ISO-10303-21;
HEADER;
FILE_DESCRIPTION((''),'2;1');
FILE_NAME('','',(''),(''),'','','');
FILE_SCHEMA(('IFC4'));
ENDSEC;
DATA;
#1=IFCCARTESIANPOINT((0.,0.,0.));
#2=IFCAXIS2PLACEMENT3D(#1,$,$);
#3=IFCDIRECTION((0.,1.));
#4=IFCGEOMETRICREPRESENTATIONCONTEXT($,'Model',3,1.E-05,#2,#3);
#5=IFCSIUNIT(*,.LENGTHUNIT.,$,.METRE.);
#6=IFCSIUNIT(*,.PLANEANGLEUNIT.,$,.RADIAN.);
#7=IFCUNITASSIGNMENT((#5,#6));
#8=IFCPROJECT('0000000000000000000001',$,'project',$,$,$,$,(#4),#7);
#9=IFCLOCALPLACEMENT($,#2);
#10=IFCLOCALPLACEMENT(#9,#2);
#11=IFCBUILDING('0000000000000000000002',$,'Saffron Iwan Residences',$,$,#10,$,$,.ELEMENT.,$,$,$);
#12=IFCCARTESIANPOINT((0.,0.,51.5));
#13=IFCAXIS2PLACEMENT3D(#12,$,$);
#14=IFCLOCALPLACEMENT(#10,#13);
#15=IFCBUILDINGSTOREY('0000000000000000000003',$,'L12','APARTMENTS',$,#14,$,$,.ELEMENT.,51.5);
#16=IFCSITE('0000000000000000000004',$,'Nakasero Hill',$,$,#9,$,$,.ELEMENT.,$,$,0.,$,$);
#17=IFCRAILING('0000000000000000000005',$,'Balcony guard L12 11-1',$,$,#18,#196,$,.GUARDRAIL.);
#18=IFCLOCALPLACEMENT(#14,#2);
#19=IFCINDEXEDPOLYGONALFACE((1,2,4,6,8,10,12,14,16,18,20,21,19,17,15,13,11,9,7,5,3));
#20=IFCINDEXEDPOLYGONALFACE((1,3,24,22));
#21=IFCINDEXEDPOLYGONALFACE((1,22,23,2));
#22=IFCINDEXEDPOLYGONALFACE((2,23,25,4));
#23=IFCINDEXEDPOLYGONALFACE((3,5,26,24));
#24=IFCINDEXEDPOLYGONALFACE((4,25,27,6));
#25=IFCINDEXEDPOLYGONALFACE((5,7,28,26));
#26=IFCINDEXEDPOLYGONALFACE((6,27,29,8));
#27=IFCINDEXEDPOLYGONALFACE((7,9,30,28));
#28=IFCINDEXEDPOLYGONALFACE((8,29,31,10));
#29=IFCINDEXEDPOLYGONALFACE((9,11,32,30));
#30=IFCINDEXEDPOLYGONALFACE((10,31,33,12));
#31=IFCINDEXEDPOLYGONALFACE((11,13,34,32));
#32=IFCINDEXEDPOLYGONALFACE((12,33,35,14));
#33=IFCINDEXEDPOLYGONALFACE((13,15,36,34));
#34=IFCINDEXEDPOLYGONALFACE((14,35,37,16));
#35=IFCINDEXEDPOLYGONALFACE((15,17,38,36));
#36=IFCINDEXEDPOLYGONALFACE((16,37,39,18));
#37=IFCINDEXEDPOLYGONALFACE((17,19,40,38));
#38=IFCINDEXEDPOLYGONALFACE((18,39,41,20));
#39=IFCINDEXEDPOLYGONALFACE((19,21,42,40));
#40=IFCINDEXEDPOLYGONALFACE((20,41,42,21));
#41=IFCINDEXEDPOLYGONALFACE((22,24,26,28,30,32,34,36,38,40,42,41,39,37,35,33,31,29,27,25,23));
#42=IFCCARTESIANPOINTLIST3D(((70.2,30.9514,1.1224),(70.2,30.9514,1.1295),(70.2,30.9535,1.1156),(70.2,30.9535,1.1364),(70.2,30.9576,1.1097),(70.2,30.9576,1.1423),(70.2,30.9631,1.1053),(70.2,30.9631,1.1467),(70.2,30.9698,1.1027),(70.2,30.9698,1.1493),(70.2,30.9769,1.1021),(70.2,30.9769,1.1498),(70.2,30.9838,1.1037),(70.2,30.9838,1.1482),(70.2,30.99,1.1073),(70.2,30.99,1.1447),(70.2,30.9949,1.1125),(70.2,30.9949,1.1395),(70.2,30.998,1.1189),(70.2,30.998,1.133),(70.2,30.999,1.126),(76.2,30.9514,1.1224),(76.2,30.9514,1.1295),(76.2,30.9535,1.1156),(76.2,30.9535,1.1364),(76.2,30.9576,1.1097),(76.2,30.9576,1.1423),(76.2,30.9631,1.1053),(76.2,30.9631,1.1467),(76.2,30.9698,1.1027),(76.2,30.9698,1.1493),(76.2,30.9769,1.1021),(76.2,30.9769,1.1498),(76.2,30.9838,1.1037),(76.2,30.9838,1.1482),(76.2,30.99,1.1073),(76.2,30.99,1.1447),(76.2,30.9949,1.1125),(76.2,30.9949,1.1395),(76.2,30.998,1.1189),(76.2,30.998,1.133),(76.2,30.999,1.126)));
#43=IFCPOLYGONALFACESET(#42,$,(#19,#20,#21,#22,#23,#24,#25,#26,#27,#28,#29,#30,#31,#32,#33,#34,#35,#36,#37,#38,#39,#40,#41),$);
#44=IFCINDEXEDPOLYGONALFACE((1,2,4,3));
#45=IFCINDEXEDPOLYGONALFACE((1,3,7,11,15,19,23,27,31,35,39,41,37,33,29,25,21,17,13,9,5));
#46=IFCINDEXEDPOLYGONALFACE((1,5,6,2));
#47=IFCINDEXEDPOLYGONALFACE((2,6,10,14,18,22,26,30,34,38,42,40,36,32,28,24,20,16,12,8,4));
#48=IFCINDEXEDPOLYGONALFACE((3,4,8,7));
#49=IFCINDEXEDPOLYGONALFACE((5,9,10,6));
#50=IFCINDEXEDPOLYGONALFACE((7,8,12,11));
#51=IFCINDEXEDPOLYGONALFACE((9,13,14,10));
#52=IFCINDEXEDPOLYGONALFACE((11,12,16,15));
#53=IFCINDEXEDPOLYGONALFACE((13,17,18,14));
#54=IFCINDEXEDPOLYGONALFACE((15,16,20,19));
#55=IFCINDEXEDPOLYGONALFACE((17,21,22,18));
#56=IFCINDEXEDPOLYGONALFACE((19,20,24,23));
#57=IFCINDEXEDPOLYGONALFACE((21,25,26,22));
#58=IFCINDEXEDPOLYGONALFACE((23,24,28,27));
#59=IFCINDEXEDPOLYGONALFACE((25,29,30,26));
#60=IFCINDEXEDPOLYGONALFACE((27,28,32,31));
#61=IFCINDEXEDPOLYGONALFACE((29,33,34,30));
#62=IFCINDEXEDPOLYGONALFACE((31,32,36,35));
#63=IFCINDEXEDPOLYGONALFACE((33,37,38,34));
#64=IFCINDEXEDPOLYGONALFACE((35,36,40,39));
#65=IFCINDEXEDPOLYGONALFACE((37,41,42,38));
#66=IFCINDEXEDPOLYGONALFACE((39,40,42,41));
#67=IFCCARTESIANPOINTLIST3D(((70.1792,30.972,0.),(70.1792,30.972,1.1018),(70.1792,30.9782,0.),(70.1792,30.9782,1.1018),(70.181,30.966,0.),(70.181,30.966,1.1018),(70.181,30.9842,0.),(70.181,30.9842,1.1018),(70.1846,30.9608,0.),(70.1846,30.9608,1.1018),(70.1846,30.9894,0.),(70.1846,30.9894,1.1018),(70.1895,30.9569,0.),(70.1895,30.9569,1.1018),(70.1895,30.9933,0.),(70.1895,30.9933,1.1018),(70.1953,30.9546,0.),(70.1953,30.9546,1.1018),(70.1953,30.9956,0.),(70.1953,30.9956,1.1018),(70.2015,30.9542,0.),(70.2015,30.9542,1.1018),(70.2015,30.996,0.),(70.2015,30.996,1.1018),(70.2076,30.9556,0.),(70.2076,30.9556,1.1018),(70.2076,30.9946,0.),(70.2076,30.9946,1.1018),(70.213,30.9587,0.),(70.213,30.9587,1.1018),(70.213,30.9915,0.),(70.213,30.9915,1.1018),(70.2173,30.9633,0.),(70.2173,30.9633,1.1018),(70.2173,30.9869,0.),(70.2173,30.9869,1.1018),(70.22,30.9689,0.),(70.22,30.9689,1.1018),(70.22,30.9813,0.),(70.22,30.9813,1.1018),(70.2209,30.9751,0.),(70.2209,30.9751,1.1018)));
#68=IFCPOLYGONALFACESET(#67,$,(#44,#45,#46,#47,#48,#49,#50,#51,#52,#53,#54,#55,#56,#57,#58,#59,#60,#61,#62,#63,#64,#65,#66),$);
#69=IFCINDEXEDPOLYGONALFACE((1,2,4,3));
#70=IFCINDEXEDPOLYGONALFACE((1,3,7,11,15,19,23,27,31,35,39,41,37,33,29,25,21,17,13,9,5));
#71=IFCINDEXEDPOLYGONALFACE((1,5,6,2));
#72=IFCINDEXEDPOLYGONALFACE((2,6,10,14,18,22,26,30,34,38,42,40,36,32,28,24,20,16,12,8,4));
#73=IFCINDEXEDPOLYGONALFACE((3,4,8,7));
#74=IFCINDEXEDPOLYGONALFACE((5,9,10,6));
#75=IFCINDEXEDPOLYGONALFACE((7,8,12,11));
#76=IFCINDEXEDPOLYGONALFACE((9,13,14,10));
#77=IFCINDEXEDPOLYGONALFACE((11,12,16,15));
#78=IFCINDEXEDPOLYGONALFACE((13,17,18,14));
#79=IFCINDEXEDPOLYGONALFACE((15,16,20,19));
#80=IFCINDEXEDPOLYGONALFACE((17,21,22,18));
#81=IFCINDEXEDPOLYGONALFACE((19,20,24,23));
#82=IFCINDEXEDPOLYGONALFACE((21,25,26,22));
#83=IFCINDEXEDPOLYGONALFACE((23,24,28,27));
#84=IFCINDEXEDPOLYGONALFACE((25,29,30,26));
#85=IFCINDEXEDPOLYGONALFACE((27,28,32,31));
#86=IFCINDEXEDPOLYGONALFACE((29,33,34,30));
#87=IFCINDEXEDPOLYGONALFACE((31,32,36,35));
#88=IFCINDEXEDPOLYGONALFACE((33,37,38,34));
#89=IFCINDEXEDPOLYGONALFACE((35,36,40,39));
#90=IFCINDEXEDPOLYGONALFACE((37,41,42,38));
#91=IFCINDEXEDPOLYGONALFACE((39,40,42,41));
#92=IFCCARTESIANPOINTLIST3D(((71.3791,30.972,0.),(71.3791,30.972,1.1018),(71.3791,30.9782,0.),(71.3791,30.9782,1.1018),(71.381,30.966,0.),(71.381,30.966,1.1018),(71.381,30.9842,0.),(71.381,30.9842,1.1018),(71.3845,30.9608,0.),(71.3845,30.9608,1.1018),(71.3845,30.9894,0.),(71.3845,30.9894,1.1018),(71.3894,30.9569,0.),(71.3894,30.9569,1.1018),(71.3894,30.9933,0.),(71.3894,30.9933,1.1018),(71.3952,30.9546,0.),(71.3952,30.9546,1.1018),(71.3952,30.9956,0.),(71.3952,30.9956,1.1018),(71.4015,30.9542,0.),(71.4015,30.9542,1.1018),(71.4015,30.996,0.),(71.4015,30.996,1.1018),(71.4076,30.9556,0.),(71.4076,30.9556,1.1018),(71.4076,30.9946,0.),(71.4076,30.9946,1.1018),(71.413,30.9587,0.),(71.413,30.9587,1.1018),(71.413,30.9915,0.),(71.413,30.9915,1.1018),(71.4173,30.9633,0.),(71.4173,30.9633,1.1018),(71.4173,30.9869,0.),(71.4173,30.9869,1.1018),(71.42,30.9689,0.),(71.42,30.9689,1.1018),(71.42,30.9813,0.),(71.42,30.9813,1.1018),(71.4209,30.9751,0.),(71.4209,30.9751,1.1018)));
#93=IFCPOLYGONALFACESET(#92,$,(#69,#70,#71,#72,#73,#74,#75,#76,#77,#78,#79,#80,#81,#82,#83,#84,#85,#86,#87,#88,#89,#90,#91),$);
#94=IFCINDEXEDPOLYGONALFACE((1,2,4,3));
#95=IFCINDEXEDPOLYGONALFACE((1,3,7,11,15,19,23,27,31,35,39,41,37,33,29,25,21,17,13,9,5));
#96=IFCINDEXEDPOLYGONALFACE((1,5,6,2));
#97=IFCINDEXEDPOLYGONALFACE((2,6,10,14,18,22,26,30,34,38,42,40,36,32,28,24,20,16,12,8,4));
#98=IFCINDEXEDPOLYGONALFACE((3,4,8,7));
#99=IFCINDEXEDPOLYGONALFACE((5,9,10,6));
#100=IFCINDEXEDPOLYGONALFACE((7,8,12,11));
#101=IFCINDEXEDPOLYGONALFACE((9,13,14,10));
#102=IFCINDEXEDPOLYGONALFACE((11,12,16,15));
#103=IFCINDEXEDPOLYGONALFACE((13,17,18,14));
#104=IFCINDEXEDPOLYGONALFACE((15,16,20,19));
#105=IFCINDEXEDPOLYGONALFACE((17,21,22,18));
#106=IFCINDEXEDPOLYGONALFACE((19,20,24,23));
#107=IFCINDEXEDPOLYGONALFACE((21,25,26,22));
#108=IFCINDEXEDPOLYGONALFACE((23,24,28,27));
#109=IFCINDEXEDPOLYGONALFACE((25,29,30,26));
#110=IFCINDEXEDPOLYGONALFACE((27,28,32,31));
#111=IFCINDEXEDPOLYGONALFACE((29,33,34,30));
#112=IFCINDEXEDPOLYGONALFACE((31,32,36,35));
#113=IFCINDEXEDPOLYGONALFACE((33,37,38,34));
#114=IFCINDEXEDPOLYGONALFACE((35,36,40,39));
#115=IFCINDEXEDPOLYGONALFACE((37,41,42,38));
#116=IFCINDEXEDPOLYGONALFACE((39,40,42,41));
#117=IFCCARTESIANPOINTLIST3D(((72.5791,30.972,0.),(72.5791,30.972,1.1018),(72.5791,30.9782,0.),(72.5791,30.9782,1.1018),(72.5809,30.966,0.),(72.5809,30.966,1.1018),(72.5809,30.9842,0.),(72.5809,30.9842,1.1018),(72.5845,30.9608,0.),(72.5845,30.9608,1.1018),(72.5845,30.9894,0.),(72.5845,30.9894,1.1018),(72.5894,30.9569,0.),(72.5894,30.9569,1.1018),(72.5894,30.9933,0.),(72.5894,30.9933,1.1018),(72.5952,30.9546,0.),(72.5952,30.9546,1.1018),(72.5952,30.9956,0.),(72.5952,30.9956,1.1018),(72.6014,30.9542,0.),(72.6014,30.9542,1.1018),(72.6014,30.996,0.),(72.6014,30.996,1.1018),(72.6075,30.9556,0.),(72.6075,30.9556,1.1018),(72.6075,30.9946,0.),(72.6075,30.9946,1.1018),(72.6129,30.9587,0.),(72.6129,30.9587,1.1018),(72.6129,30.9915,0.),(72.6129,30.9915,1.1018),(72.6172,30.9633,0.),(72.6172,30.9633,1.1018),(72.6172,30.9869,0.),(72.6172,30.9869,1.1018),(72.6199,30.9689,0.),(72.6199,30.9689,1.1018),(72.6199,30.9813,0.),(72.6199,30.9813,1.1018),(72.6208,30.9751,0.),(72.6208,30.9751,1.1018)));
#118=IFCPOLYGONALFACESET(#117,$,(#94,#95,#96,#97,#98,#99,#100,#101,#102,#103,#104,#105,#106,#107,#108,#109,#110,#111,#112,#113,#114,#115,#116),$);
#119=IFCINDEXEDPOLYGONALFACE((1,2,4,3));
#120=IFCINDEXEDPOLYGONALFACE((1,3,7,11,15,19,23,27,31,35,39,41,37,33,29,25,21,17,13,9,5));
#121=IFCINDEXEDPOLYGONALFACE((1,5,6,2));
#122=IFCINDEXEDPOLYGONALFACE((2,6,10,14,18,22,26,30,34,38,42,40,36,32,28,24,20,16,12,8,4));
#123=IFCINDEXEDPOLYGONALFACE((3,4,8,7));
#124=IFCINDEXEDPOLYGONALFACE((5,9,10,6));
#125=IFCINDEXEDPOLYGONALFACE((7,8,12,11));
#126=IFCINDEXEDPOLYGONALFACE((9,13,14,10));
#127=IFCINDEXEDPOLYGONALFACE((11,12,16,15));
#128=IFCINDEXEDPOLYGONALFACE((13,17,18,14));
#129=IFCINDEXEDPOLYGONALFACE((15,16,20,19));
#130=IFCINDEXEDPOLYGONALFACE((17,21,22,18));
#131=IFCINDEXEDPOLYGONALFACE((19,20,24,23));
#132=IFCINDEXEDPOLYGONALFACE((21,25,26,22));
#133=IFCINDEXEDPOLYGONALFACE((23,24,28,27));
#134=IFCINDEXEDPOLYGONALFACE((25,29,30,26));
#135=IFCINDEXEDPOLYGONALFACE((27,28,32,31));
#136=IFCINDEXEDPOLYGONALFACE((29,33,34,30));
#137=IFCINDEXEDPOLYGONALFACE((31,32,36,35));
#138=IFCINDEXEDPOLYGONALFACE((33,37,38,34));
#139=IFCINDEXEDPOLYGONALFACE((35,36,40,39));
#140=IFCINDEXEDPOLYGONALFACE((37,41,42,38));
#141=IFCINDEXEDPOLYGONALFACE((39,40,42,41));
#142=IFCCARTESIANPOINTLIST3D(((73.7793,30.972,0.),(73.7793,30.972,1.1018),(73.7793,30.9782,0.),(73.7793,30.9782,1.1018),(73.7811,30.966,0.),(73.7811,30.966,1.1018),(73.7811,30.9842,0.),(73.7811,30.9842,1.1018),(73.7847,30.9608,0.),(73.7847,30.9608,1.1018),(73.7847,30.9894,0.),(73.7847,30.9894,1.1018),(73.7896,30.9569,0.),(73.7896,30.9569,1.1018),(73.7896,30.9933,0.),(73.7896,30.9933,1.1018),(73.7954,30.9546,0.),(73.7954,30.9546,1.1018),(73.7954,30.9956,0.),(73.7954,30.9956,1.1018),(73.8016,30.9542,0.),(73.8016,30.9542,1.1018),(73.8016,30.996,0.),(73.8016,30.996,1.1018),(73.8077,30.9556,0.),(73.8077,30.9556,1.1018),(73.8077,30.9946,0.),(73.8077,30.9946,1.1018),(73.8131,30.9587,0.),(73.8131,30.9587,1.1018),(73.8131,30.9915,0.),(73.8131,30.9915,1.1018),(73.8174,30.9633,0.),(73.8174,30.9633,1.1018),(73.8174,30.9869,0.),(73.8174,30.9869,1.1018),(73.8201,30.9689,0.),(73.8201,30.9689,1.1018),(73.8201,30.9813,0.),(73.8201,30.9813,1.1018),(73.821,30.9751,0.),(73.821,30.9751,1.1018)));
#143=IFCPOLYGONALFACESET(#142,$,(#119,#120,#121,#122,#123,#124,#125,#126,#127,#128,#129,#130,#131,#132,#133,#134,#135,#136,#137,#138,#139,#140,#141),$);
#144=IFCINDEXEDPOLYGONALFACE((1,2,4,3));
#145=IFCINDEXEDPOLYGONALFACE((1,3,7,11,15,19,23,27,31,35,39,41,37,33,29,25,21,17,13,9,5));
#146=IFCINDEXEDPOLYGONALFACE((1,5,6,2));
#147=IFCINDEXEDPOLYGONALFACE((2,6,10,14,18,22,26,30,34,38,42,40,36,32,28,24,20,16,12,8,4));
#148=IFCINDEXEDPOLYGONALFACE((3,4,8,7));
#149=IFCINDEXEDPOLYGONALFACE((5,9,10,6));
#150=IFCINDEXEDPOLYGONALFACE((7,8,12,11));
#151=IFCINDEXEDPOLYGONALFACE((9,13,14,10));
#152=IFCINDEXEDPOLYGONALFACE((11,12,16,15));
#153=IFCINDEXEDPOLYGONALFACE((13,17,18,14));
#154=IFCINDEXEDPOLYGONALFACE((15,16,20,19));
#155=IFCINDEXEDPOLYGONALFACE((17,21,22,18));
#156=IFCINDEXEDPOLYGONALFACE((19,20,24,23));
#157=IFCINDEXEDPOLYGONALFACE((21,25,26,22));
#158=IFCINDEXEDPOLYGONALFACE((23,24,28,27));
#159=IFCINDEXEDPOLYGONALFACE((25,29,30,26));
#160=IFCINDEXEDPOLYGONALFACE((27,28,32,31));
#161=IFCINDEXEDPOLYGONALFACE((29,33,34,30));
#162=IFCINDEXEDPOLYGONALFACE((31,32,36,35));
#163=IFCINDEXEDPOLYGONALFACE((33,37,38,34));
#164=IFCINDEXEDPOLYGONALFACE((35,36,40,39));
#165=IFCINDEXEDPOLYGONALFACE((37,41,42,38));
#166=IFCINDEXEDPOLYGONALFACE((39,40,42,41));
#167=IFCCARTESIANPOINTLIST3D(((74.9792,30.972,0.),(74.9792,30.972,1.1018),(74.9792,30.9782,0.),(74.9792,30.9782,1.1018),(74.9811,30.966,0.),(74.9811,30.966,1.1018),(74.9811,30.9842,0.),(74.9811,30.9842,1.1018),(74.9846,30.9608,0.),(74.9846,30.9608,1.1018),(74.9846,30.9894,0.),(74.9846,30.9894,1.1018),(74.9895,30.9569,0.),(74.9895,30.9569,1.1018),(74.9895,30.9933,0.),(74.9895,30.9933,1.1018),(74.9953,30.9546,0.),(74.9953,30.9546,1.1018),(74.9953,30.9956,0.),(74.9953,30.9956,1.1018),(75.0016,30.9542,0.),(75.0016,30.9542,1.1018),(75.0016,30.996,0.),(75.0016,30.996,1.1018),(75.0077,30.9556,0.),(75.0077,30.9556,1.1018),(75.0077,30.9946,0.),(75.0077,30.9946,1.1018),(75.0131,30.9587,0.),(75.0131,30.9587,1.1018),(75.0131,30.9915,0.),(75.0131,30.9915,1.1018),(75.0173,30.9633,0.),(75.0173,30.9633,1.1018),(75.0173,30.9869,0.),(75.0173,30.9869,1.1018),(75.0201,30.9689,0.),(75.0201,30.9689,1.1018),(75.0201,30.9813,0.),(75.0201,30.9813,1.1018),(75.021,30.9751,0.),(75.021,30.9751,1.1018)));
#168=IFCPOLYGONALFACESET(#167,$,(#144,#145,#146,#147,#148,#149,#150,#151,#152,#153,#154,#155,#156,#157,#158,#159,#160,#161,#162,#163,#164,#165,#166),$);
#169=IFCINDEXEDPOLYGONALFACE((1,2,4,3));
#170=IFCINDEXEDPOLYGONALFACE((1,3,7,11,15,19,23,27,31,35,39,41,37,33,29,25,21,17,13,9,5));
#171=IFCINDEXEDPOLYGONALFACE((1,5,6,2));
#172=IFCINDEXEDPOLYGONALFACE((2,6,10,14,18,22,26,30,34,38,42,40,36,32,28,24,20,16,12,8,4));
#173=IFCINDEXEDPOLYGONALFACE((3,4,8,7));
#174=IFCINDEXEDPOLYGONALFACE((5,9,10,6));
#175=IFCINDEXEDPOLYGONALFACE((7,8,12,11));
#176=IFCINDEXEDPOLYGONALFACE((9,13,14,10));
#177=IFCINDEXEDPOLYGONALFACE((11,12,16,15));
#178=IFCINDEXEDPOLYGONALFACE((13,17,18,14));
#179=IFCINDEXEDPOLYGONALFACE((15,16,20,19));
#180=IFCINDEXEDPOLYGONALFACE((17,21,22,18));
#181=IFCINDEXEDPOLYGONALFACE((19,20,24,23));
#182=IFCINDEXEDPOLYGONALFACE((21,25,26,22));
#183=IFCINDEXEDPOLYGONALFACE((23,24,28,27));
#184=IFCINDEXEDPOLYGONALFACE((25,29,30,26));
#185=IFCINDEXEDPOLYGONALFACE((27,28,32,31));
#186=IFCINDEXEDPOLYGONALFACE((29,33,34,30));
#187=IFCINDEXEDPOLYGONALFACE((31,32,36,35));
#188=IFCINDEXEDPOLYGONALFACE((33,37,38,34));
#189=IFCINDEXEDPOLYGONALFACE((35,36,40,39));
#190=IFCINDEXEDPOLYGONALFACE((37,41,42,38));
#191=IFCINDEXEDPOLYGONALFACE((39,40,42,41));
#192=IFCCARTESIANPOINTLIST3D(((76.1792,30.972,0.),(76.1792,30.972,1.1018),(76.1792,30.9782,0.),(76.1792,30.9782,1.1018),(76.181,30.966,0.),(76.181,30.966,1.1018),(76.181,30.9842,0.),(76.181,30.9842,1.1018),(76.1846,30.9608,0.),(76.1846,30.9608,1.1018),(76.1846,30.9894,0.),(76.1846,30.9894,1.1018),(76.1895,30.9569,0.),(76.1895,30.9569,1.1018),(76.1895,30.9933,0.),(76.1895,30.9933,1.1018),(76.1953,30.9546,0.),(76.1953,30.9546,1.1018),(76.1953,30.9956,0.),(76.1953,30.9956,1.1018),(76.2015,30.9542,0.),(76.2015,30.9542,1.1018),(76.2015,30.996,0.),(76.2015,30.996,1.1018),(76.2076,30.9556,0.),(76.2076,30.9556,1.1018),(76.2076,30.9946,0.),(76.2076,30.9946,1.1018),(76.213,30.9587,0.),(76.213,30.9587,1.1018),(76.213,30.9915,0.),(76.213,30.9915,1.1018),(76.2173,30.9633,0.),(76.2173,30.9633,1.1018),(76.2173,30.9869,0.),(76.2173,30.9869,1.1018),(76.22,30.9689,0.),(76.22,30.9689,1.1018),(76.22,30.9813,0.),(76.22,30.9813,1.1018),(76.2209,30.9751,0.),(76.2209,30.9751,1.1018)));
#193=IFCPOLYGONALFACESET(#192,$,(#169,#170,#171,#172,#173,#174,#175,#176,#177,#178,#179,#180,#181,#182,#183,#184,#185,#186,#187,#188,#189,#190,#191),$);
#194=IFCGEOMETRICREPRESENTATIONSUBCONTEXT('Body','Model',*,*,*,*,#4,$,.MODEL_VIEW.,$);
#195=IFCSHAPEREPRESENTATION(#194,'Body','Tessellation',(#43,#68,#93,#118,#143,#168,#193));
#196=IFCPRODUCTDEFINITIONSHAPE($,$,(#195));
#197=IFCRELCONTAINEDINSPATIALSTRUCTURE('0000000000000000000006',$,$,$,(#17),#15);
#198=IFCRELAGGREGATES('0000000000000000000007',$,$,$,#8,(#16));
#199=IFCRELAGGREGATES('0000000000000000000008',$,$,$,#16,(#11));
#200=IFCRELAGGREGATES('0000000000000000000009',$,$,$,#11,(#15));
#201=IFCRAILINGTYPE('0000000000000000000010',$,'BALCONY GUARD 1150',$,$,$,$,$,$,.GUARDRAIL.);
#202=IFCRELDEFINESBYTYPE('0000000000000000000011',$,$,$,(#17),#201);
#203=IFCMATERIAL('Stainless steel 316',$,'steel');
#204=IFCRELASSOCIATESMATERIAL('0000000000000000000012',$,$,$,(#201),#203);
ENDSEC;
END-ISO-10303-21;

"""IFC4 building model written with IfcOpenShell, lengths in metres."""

from ifc_helpers import new_model, si_unit, direction, frame, origin, origin_2d, place, context, subcontext, project, spatial, circle, extrude, material, type_object, element, save


model = new_model("IFC4")

# Units and contexts
model_context = context("Model", 3, precision=1e-05, world=origin(), true_north=direction((0.0, 1.0)))
body_context = subcontext(model_context, "Body", "Model", "MODEL_VIEW")
ifc_project = project(units=[si_unit("LENGTHUNIT", "METRE"), si_unit("PLANEANGLEUNIT", "RADIAN")], contexts=[model_context])

# Site, building, storey
site_placement = place(None, origin())
site = spatial("IfcSite", under=ifc_project, at=site_placement, Name="Nakasero Hill", CompositionType="ELEMENT", RefElevation=0.0)
building_placement = place(site_placement, origin())
building = spatial("IfcBuilding", under=site, at=building_placement, Name="Saffron Iwan Residences", CompositionType="ELEMENT")
storey_placement = place(building_placement, frame((0.0, 0.0, 51.5)))
storey = spatial("IfcBuildingStorey", under=building, at=storey_placement, Name="L12", Description="APARTMENTS", CompositionType="ELEMENT", Elevation=51.5)

# Railing
ifc_material_1 = material(Name="Stainless steel 316", Category="steel")
railing_type = type_object("IfcRailingType", Name="BALCONY GUARD 1150", PredefinedType="GUARDRAIL", material=ifc_material_1)
railing_placement = place(storey_placement, frame((70.2, 30.9751, 0.0)))
element("IfcRailing", 1, at=railing_placement, inside=storey, type_object=railing_type, Name="Balcony guard L12 11-1", PredefinedType="GUARDRAIL", context=body_context, shape_type="SweptSolid", body=[
    extrude(circle(Radius=0.0239, at=origin_2d()), frame((0.0, 0.0, 1.126), z_axis=(1.0, 0.0, 0.0), x_axis=(0.0, 1.0, 0.0)), (0.0, 0.0, 1.0), 6.0),
    extrude(circle(Radius=0.021, at=origin_2d()), origin(), (0.0, 0.0, 1.0), 1.1018),
    extrude(circle(Radius=0.021, at=origin_2d()), frame((1.2, 0.0, 0.0)), (0.0, 0.0, 1.0), 1.1018),
    extrude(circle(Radius=0.021, at=origin_2d()), frame((2.3999, 0.0, 0.0)), (0.0, 0.0, 1.0), 1.1018),
    extrude(circle(Radius=0.021, at=origin_2d()), frame((3.6001, 0.0, 0.0)), (0.0, 0.0, 1.0), 1.1018),
    extrude(circle(Radius=0.021, at=origin_2d()), frame((4.8, 0.0, 0.0)), (0.0, 0.0, 1.0), 1.1018),
    extrude(circle(Radius=0.021, at=origin_2d()), frame((6.0, 0.0, 0.0)), (0.0, 0.0, 1.0), 1.1018),
])

save(model, "model.ifc")
